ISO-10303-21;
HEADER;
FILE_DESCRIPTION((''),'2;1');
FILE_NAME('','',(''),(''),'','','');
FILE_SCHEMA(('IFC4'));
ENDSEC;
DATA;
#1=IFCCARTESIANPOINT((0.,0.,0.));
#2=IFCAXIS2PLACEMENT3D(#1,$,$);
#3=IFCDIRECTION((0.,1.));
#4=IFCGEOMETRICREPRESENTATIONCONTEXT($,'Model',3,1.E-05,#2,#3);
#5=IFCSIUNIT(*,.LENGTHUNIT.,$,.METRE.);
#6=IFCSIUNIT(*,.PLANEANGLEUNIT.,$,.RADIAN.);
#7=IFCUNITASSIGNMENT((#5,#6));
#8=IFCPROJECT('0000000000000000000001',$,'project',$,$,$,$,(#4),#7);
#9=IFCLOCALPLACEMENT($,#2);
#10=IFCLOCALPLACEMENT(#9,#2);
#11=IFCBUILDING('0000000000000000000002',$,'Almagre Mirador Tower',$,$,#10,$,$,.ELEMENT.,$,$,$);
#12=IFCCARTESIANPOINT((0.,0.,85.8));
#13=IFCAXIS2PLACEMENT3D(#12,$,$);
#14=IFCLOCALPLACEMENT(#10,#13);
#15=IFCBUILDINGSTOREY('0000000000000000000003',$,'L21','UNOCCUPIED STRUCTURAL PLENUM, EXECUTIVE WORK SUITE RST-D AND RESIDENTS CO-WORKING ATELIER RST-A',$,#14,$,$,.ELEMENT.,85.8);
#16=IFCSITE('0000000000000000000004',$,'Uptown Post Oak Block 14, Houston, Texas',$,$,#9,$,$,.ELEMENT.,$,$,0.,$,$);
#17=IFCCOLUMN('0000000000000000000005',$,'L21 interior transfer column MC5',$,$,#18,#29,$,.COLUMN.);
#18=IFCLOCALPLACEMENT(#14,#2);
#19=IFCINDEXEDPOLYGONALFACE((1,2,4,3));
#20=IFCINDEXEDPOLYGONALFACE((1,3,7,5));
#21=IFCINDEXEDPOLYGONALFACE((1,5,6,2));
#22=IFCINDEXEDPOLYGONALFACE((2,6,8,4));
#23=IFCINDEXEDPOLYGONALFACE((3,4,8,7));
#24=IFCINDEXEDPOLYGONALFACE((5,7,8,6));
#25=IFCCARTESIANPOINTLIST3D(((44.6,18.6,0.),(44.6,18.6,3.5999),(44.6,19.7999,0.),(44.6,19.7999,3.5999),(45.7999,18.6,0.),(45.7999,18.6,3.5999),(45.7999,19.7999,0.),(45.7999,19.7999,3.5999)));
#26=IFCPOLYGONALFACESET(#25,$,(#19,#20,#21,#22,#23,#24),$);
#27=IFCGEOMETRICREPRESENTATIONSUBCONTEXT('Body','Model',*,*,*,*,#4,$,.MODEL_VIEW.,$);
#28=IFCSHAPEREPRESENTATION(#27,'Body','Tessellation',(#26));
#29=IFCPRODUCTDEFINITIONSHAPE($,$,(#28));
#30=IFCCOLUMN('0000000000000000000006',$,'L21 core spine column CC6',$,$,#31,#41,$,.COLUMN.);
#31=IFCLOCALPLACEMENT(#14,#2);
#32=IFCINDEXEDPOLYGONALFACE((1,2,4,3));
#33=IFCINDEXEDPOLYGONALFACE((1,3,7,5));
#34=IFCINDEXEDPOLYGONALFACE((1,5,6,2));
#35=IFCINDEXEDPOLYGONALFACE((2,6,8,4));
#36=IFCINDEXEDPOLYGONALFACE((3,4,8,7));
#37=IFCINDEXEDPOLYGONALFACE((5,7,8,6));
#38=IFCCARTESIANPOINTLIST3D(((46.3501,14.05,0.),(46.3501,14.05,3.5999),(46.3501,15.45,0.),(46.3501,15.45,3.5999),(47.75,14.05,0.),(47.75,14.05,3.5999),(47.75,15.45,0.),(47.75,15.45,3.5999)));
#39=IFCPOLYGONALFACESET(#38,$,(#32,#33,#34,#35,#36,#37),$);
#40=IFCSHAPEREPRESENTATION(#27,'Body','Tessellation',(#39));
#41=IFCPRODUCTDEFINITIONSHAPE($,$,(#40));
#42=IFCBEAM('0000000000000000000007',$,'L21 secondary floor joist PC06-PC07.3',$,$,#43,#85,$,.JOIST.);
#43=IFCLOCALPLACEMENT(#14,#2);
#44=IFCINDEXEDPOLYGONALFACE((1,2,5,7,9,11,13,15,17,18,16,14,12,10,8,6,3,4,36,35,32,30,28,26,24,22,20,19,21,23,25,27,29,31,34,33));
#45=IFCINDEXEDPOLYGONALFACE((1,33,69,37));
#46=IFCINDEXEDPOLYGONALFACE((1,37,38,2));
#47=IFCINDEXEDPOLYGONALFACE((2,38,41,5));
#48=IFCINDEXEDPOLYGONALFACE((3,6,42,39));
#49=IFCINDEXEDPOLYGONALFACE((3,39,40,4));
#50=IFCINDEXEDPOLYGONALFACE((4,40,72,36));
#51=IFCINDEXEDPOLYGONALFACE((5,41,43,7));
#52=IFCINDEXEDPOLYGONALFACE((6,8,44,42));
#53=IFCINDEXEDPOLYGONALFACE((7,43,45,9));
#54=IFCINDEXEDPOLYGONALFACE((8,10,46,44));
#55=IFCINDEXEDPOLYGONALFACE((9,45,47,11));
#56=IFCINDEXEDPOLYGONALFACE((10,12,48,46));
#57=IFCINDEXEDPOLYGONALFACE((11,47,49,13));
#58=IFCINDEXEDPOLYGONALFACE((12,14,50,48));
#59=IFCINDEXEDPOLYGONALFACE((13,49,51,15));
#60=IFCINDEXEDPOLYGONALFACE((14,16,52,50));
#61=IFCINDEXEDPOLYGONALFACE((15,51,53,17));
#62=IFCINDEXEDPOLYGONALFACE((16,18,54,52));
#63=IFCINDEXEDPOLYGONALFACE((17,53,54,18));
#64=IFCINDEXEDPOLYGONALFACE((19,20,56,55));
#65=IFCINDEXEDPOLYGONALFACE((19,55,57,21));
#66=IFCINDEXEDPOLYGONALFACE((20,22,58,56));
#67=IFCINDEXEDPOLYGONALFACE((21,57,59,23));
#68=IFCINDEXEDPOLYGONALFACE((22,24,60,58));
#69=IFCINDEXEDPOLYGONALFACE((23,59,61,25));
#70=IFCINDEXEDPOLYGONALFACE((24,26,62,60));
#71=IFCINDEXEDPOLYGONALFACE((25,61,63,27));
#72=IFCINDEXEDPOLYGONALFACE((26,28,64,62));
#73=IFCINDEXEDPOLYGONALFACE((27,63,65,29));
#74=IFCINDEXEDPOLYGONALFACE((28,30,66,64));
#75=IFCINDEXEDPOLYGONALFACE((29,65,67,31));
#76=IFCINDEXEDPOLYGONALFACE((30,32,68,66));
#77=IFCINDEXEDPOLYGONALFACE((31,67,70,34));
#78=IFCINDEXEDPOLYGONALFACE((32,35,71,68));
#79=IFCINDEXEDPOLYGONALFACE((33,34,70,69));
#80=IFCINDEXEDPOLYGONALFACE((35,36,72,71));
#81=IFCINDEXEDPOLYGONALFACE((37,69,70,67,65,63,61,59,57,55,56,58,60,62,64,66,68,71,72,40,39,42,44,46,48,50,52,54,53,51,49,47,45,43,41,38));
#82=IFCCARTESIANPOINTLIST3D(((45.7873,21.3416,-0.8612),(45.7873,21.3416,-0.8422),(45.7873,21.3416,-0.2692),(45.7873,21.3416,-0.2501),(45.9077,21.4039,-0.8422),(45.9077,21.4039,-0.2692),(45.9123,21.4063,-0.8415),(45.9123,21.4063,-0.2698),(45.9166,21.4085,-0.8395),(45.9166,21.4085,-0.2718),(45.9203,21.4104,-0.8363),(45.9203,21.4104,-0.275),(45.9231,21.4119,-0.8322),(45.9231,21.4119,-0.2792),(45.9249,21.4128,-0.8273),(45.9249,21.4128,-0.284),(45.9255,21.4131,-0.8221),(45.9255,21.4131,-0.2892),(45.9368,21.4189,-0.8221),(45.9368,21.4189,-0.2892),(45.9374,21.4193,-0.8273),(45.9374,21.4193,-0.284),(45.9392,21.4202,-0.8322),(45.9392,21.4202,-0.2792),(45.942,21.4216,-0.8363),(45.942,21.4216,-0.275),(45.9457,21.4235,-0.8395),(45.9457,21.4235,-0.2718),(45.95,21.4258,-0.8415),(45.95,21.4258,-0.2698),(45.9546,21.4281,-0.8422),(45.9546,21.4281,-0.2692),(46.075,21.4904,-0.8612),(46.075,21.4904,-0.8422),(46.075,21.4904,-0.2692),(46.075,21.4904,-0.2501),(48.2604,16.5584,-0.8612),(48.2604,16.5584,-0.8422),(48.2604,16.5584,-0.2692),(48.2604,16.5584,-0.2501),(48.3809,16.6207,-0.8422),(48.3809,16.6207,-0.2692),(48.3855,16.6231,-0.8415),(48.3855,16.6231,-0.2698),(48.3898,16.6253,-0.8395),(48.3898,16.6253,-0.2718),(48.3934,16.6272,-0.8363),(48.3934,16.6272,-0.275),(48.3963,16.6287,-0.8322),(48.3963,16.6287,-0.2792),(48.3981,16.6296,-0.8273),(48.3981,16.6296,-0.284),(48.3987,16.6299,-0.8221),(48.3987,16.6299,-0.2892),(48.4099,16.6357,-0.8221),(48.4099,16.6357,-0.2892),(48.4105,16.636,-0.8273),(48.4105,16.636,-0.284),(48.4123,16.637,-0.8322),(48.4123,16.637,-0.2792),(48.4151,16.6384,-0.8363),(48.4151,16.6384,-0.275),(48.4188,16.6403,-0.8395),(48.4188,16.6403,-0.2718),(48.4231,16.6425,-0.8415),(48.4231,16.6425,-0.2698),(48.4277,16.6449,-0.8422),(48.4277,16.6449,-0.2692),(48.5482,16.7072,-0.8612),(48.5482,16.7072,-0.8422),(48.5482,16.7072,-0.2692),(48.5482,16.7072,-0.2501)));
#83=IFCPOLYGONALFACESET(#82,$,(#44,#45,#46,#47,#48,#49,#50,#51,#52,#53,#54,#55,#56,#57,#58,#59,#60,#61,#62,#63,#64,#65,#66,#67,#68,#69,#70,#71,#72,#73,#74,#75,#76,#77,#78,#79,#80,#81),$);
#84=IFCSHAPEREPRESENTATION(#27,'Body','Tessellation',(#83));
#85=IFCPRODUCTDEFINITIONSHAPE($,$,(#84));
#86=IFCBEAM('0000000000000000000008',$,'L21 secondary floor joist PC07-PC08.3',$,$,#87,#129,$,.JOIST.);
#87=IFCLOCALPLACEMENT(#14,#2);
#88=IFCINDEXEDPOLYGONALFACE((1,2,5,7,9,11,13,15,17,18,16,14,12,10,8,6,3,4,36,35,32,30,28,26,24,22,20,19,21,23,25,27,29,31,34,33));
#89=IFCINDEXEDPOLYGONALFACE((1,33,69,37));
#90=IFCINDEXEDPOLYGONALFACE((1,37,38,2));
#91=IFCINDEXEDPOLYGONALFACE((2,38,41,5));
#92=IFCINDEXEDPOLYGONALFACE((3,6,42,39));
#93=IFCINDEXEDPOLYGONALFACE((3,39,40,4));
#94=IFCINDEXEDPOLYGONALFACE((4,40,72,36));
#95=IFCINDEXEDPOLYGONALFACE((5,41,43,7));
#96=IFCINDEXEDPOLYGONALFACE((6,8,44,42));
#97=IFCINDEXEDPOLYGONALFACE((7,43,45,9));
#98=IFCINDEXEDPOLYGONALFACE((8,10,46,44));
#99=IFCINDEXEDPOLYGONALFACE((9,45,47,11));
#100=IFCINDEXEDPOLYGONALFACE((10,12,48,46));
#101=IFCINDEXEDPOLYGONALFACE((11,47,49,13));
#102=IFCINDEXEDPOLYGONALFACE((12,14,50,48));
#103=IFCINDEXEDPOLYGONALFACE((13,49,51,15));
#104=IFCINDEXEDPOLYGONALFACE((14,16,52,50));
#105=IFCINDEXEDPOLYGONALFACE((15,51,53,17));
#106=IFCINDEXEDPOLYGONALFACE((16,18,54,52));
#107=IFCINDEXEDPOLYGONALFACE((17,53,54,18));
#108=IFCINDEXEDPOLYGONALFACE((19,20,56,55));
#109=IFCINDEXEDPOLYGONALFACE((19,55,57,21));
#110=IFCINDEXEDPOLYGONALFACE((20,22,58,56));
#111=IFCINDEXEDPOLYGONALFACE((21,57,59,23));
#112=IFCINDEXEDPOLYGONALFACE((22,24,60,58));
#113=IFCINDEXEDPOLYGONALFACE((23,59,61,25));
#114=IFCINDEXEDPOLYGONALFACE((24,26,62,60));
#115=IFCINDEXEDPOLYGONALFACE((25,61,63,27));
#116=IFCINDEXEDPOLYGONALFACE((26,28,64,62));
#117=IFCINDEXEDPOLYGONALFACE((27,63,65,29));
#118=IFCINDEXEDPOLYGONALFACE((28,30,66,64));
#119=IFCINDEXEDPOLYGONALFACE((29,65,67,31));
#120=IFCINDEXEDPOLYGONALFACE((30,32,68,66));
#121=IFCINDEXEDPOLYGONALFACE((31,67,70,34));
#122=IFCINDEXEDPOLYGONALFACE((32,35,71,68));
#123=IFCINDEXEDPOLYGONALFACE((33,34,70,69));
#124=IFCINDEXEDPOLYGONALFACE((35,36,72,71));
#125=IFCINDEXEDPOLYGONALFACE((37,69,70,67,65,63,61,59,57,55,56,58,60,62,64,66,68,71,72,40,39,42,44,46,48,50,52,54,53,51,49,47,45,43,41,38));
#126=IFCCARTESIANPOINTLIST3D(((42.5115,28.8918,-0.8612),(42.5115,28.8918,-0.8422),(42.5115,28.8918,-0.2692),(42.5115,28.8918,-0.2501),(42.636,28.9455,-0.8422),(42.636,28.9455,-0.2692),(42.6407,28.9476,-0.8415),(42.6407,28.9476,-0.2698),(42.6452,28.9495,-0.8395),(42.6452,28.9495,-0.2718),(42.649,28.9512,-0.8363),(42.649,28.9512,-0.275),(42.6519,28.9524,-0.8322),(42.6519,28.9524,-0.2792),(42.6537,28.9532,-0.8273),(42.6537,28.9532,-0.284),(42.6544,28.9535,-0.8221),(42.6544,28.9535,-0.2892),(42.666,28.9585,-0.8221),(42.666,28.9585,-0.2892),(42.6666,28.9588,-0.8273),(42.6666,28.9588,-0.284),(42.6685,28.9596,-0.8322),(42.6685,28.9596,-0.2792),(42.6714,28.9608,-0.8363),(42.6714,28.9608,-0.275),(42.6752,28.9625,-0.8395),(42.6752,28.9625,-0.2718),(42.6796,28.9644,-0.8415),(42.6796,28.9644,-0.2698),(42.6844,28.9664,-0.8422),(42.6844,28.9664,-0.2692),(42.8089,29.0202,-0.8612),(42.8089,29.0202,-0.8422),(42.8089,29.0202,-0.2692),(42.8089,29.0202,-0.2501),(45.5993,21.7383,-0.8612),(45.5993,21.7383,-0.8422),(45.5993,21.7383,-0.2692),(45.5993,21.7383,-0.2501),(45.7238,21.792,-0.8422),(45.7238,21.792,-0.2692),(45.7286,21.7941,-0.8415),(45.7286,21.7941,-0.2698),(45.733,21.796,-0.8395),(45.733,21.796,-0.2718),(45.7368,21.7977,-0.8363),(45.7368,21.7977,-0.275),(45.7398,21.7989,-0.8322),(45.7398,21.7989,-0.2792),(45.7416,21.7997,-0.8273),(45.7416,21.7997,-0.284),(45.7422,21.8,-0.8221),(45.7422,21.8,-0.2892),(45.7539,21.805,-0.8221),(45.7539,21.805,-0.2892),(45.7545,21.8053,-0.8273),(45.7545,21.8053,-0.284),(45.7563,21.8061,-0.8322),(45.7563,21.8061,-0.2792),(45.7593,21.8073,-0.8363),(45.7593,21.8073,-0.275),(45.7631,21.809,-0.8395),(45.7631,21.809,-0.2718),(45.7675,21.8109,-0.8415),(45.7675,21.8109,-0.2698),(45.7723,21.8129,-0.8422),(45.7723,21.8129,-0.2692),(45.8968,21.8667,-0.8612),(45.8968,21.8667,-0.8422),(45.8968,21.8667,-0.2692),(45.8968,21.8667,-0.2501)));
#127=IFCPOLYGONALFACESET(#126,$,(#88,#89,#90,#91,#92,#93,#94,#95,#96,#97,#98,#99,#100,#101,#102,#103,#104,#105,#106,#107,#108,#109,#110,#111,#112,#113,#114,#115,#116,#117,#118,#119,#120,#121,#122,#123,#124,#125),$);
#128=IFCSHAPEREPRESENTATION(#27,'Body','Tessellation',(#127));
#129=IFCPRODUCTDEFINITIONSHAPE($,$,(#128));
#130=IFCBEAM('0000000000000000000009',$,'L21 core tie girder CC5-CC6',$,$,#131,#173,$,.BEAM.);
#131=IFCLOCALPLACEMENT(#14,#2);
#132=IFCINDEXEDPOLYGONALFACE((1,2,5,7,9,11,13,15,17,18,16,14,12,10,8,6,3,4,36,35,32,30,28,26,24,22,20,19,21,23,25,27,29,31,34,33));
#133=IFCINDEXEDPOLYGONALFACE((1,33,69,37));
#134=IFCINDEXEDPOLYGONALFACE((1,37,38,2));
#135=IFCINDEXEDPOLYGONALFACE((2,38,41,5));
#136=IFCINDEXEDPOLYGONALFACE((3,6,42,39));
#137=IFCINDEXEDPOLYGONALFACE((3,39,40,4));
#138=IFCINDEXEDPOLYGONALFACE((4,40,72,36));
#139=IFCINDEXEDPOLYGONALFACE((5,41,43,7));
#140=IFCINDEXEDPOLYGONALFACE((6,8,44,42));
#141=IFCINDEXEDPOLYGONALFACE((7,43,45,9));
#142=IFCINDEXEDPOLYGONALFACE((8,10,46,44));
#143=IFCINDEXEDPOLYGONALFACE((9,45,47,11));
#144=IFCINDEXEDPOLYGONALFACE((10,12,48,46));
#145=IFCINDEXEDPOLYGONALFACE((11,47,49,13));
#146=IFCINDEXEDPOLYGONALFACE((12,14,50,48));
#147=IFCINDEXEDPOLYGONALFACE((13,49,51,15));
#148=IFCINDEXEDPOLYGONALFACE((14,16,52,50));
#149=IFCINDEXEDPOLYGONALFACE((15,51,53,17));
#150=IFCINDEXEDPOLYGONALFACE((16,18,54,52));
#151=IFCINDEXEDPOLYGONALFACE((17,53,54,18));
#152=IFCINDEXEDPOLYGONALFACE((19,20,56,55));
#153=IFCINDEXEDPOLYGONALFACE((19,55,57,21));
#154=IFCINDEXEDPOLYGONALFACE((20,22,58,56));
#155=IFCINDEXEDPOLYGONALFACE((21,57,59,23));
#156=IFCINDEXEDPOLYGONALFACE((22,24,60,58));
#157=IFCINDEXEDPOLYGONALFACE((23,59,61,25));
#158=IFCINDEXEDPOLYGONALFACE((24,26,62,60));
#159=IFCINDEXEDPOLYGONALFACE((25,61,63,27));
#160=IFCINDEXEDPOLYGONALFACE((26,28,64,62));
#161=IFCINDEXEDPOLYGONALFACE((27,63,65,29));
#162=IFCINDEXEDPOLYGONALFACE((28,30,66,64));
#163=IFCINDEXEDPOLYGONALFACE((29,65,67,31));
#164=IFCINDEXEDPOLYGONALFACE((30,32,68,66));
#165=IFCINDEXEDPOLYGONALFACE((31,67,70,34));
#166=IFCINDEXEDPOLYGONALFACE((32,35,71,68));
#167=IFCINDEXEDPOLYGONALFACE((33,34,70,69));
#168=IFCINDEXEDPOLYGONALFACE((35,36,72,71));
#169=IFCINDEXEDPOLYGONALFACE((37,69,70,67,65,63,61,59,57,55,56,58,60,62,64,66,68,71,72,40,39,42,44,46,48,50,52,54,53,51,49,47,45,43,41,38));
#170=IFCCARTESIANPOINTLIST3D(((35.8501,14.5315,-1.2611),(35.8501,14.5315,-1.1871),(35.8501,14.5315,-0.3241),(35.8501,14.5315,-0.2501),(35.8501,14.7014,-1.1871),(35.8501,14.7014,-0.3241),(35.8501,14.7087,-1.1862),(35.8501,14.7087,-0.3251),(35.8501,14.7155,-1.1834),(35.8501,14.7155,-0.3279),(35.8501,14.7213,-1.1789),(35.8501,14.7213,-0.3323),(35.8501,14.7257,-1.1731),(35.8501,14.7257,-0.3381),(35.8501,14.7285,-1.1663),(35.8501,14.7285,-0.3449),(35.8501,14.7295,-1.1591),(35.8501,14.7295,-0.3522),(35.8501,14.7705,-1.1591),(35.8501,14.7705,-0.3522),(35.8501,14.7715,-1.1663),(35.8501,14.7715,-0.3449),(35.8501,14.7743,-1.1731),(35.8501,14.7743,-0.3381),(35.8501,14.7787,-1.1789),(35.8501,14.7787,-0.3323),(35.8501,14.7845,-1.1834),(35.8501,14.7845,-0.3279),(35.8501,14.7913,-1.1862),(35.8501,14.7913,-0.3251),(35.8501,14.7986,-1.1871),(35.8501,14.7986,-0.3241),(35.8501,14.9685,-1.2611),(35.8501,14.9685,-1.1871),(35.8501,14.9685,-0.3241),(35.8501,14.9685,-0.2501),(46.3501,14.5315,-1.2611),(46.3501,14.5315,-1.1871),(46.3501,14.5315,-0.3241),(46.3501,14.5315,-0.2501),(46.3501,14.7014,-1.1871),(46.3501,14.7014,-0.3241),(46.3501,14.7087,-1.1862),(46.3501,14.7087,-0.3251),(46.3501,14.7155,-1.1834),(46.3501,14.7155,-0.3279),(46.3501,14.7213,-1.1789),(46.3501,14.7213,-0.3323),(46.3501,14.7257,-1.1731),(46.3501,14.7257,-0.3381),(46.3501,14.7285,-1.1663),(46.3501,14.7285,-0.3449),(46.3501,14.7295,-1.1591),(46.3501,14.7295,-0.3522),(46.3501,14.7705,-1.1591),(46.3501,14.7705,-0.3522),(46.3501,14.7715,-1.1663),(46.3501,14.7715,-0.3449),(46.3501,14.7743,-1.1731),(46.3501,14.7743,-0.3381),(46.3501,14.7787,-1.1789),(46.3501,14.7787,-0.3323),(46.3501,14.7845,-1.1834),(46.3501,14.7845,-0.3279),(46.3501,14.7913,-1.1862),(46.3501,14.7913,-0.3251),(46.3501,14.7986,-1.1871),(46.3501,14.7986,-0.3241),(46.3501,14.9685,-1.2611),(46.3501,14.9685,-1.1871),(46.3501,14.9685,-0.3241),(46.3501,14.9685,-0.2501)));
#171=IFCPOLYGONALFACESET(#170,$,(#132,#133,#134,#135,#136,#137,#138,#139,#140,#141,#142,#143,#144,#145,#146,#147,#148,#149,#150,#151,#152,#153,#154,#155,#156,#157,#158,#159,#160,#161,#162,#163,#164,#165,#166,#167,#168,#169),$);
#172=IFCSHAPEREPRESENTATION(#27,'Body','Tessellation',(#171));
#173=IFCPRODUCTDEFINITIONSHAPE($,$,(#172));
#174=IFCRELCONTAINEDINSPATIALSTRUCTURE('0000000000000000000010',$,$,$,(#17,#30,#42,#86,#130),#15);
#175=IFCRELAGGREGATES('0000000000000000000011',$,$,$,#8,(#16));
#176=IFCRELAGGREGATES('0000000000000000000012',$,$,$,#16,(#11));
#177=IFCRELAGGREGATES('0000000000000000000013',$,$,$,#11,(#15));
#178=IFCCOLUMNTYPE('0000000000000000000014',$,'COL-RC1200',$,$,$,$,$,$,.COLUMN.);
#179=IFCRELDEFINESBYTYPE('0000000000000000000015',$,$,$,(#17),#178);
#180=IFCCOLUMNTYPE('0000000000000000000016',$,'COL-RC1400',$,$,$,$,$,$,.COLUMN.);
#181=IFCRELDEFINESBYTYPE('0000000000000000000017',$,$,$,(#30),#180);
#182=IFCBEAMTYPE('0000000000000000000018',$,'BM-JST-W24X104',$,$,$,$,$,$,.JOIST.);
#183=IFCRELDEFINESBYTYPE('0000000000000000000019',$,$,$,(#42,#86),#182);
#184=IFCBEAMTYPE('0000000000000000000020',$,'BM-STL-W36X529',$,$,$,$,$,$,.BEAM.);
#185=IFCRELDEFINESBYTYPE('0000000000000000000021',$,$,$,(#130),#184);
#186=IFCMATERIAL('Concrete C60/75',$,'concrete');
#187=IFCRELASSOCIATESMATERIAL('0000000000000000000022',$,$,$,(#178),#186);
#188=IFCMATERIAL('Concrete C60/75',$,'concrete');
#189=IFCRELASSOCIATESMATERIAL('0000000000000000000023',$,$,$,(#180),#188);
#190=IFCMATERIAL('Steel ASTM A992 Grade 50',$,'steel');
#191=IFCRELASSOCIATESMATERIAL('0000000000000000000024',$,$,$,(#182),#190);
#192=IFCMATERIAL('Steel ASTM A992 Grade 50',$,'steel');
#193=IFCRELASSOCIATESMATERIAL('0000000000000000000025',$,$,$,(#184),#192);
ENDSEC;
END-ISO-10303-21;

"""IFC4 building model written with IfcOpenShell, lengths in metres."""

from ifc_helpers import new_model, si_unit, direction, frame, origin, origin_2d, place, context, subcontext, project, spatial, rectangle, i_section, extrude, material, material_profile, profile_set, type_object, element, save


model = new_model("IFC4")

# Units and contexts
model_context = context("Model", 3, precision=1e-05, world=origin(), true_north=direction((0.0, 1.0)))
body_context = subcontext(model_context, "Body", "Model", "MODEL_VIEW")
ifc_project = project(units=[si_unit("LENGTHUNIT", "METRE"), si_unit("PLANEANGLEUNIT", "RADIAN")], contexts=[model_context])

# Site, building, storey
site_placement = place(None, origin())
site = spatial("IfcSite", under=ifc_project, at=site_placement, Name="Uptown Post Oak Block 14, Houston, Texas", CompositionType="ELEMENT", RefElevation=0.0)
building_placement = place(site_placement, origin())
building = spatial("IfcBuilding", under=site, at=building_placement, Name="Almagre Mirador Tower", CompositionType="ELEMENT")
storey_placement = place(building_placement, frame((0.0, 0.0, 85.8)))
storey = spatial("IfcBuildingStorey", under=building, at=storey_placement, Name="L21", Description="UNOCCUPIED STRUCTURAL PLENUM, EXECUTIVE WORK SUITE RST-D AND RESIDENTS CO-WORKING ATELIER RST-A", CompositionType="ELEMENT", Elevation=85.8)

# Columns
ifc_material_1 = material(Name="Concrete C60/75", Category="concrete")
ifc_material_profile_1 = material_profile(ifc_material_1, rectangle(XDim=1.2, YDim=1.2, at=origin_2d()), Name="RC1200X1200")
ifc_profile_set_1 = profile_set([ifc_material_profile_1], Name="Concrete C60/75")
column_type_1 = type_object("IfcColumnType", Name="COL-RC1200", PredefinedType="COLUMN", material=ifc_profile_set_1)
column_1_placement = place(storey_placement, frame((45.2, 19.2, 0.0), z_axis=(0.0, 0.0, 1.0), x_axis=(1.0, 0.0, 0.0)))
element("IfcColumn", 1, at=column_1_placement, inside=storey, type_object=column_type_1, Name="L21 interior transfer column MC5", PredefinedType="COLUMN", context=body_context, shape_type="SweptSolid", body=[
    extrude(rectangle(XDim=1.2, YDim=1.2, at=origin_2d()), origin(), (0.0, 0.0, 1.0), 3.5999),
])
ifc_material_2 = material(Name="Concrete C60/75", Category="concrete")
ifc_material_profile_2 = material_profile(ifc_material_2, rectangle(XDim=1.3999, YDim=1.3999, at=origin_2d()), Name="RC1400X1400")
ifc_profile_set_2 = profile_set([ifc_material_profile_2], Name="Concrete C60/75")
column_type_2 = type_object("IfcColumnType", Name="COL-RC1400", PredefinedType="COLUMN", material=ifc_profile_set_2)
column_2_placement = place(storey_placement, frame((47.05, 14.75, 0.0), z_axis=(0.0, 0.0, 1.0), x_axis=(1.0, 0.0, 0.0)))
element("IfcColumn", 2, at=column_2_placement, inside=storey, type_object=column_type_2, Name="L21 core spine column CC6", PredefinedType="COLUMN", context=body_context, shape_type="SweptSolid", body=[
    extrude(rectangle(XDim=1.3999, YDim=1.3999, at=origin_2d()), origin(), (0.0, 0.0, 1.0), 3.5999),
])

# Beams
ifc_material_3 = material(Name="Steel ASTM A992 Grade 50", Category="steel")
ifc_material_profile_3 = material_profile(ifc_material_3, i_section(OverallWidth=0.324, OverallDepth=0.6111, WebThickness=0.0127, FlangeThickness=0.019, FilletRadius=0.02, at=origin_2d()), Name="W24X104")
ifc_profile_set_3 = profile_set([ifc_material_profile_3], Name="Steel ASTM A992 Grade 50")
beam_type_1 = type_object("IfcBeamType", Name="BM-JST-W24X104", PredefinedType="JOIST", material=ifc_profile_set_3)
beam_1_placement = place(storey_placement, frame((48.4043, 16.6328, -0.5557), z_axis=(-0.459287, 0.888288, 0.0), x_axis=(-0.888288, -0.459287, 0.0)))
element("IfcBeam", 3, at=beam_1_placement, inside=storey, type_object=beam_type_1, Name="L21 secondary floor joist PC06-PC07.3", PredefinedType="JOIST", context=body_context, shape_type="SweptSolid", body=[
    extrude(i_section(OverallWidth=0.324, OverallDepth=0.6111, WebThickness=0.0127, FlangeThickness=0.019, FilletRadius=0.02, at=origin_2d()), origin(), (0.0, 0.0, 1.0), 5.3848),
])
beam_2_placement = place(storey_placement, frame((45.748, 21.8025, -0.5557), z_axis=(-0.396312, 0.918116, 0.0), x_axis=(-0.918116, -0.396312, 0.0)))
element("IfcBeam", 4, at=beam_2_placement, inside=storey, type_object=beam_type_1, Name="L21 secondary floor joist PC07-PC08.3", PredefinedType="JOIST", context=body_context, shape_type="SweptSolid", body=[
    extrude(i_section(OverallWidth=0.324, OverallDepth=0.6111, WebThickness=0.0127, FlangeThickness=0.019, FilletRadius=0.02, at=origin_2d()), origin(), (0.0, 0.0, 1.0), 7.7915),
])
ifc_material_4 = material(Name="Steel ASTM A992 Grade 50", Category="steel")
ifc_material_profile_4 = material_profile(ifc_material_4, i_section(OverallWidth=0.437, OverallDepth=1.011, WebThickness=0.041, FlangeThickness=0.074, FilletRadius=0.0281, at=origin_2d()), Name="W36X529")
ifc_profile_set_4 = profile_set([ifc_material_profile_4], Name="Steel ASTM A992 Grade 50")
beam_type_2 = type_object("IfcBeamType", Name="BM-STL-W36X529", PredefinedType="BEAM", material=ifc_profile_set_4)
beam_3_placement = place(storey_placement, frame((35.8501, 14.75, -0.7556), z_axis=(1.0, 0.0, 0.0), x_axis=(0.0, 1.0, 0.0)))
element("IfcBeam", 5, at=beam_3_placement, inside=storey, type_object=beam_type_2, Name="L21 core tie girder CC5-CC6", PredefinedType="BEAM", context=body_context, shape_type="SweptSolid", body=[
    extrude(i_section(OverallWidth=0.437, OverallDepth=1.011, WebThickness=0.041, FlangeThickness=0.074, FilletRadius=0.0281, at=origin_2d()), origin(), (0.0, 0.0, 1.0), 10.5),
])

save(model, "model.ifc")
